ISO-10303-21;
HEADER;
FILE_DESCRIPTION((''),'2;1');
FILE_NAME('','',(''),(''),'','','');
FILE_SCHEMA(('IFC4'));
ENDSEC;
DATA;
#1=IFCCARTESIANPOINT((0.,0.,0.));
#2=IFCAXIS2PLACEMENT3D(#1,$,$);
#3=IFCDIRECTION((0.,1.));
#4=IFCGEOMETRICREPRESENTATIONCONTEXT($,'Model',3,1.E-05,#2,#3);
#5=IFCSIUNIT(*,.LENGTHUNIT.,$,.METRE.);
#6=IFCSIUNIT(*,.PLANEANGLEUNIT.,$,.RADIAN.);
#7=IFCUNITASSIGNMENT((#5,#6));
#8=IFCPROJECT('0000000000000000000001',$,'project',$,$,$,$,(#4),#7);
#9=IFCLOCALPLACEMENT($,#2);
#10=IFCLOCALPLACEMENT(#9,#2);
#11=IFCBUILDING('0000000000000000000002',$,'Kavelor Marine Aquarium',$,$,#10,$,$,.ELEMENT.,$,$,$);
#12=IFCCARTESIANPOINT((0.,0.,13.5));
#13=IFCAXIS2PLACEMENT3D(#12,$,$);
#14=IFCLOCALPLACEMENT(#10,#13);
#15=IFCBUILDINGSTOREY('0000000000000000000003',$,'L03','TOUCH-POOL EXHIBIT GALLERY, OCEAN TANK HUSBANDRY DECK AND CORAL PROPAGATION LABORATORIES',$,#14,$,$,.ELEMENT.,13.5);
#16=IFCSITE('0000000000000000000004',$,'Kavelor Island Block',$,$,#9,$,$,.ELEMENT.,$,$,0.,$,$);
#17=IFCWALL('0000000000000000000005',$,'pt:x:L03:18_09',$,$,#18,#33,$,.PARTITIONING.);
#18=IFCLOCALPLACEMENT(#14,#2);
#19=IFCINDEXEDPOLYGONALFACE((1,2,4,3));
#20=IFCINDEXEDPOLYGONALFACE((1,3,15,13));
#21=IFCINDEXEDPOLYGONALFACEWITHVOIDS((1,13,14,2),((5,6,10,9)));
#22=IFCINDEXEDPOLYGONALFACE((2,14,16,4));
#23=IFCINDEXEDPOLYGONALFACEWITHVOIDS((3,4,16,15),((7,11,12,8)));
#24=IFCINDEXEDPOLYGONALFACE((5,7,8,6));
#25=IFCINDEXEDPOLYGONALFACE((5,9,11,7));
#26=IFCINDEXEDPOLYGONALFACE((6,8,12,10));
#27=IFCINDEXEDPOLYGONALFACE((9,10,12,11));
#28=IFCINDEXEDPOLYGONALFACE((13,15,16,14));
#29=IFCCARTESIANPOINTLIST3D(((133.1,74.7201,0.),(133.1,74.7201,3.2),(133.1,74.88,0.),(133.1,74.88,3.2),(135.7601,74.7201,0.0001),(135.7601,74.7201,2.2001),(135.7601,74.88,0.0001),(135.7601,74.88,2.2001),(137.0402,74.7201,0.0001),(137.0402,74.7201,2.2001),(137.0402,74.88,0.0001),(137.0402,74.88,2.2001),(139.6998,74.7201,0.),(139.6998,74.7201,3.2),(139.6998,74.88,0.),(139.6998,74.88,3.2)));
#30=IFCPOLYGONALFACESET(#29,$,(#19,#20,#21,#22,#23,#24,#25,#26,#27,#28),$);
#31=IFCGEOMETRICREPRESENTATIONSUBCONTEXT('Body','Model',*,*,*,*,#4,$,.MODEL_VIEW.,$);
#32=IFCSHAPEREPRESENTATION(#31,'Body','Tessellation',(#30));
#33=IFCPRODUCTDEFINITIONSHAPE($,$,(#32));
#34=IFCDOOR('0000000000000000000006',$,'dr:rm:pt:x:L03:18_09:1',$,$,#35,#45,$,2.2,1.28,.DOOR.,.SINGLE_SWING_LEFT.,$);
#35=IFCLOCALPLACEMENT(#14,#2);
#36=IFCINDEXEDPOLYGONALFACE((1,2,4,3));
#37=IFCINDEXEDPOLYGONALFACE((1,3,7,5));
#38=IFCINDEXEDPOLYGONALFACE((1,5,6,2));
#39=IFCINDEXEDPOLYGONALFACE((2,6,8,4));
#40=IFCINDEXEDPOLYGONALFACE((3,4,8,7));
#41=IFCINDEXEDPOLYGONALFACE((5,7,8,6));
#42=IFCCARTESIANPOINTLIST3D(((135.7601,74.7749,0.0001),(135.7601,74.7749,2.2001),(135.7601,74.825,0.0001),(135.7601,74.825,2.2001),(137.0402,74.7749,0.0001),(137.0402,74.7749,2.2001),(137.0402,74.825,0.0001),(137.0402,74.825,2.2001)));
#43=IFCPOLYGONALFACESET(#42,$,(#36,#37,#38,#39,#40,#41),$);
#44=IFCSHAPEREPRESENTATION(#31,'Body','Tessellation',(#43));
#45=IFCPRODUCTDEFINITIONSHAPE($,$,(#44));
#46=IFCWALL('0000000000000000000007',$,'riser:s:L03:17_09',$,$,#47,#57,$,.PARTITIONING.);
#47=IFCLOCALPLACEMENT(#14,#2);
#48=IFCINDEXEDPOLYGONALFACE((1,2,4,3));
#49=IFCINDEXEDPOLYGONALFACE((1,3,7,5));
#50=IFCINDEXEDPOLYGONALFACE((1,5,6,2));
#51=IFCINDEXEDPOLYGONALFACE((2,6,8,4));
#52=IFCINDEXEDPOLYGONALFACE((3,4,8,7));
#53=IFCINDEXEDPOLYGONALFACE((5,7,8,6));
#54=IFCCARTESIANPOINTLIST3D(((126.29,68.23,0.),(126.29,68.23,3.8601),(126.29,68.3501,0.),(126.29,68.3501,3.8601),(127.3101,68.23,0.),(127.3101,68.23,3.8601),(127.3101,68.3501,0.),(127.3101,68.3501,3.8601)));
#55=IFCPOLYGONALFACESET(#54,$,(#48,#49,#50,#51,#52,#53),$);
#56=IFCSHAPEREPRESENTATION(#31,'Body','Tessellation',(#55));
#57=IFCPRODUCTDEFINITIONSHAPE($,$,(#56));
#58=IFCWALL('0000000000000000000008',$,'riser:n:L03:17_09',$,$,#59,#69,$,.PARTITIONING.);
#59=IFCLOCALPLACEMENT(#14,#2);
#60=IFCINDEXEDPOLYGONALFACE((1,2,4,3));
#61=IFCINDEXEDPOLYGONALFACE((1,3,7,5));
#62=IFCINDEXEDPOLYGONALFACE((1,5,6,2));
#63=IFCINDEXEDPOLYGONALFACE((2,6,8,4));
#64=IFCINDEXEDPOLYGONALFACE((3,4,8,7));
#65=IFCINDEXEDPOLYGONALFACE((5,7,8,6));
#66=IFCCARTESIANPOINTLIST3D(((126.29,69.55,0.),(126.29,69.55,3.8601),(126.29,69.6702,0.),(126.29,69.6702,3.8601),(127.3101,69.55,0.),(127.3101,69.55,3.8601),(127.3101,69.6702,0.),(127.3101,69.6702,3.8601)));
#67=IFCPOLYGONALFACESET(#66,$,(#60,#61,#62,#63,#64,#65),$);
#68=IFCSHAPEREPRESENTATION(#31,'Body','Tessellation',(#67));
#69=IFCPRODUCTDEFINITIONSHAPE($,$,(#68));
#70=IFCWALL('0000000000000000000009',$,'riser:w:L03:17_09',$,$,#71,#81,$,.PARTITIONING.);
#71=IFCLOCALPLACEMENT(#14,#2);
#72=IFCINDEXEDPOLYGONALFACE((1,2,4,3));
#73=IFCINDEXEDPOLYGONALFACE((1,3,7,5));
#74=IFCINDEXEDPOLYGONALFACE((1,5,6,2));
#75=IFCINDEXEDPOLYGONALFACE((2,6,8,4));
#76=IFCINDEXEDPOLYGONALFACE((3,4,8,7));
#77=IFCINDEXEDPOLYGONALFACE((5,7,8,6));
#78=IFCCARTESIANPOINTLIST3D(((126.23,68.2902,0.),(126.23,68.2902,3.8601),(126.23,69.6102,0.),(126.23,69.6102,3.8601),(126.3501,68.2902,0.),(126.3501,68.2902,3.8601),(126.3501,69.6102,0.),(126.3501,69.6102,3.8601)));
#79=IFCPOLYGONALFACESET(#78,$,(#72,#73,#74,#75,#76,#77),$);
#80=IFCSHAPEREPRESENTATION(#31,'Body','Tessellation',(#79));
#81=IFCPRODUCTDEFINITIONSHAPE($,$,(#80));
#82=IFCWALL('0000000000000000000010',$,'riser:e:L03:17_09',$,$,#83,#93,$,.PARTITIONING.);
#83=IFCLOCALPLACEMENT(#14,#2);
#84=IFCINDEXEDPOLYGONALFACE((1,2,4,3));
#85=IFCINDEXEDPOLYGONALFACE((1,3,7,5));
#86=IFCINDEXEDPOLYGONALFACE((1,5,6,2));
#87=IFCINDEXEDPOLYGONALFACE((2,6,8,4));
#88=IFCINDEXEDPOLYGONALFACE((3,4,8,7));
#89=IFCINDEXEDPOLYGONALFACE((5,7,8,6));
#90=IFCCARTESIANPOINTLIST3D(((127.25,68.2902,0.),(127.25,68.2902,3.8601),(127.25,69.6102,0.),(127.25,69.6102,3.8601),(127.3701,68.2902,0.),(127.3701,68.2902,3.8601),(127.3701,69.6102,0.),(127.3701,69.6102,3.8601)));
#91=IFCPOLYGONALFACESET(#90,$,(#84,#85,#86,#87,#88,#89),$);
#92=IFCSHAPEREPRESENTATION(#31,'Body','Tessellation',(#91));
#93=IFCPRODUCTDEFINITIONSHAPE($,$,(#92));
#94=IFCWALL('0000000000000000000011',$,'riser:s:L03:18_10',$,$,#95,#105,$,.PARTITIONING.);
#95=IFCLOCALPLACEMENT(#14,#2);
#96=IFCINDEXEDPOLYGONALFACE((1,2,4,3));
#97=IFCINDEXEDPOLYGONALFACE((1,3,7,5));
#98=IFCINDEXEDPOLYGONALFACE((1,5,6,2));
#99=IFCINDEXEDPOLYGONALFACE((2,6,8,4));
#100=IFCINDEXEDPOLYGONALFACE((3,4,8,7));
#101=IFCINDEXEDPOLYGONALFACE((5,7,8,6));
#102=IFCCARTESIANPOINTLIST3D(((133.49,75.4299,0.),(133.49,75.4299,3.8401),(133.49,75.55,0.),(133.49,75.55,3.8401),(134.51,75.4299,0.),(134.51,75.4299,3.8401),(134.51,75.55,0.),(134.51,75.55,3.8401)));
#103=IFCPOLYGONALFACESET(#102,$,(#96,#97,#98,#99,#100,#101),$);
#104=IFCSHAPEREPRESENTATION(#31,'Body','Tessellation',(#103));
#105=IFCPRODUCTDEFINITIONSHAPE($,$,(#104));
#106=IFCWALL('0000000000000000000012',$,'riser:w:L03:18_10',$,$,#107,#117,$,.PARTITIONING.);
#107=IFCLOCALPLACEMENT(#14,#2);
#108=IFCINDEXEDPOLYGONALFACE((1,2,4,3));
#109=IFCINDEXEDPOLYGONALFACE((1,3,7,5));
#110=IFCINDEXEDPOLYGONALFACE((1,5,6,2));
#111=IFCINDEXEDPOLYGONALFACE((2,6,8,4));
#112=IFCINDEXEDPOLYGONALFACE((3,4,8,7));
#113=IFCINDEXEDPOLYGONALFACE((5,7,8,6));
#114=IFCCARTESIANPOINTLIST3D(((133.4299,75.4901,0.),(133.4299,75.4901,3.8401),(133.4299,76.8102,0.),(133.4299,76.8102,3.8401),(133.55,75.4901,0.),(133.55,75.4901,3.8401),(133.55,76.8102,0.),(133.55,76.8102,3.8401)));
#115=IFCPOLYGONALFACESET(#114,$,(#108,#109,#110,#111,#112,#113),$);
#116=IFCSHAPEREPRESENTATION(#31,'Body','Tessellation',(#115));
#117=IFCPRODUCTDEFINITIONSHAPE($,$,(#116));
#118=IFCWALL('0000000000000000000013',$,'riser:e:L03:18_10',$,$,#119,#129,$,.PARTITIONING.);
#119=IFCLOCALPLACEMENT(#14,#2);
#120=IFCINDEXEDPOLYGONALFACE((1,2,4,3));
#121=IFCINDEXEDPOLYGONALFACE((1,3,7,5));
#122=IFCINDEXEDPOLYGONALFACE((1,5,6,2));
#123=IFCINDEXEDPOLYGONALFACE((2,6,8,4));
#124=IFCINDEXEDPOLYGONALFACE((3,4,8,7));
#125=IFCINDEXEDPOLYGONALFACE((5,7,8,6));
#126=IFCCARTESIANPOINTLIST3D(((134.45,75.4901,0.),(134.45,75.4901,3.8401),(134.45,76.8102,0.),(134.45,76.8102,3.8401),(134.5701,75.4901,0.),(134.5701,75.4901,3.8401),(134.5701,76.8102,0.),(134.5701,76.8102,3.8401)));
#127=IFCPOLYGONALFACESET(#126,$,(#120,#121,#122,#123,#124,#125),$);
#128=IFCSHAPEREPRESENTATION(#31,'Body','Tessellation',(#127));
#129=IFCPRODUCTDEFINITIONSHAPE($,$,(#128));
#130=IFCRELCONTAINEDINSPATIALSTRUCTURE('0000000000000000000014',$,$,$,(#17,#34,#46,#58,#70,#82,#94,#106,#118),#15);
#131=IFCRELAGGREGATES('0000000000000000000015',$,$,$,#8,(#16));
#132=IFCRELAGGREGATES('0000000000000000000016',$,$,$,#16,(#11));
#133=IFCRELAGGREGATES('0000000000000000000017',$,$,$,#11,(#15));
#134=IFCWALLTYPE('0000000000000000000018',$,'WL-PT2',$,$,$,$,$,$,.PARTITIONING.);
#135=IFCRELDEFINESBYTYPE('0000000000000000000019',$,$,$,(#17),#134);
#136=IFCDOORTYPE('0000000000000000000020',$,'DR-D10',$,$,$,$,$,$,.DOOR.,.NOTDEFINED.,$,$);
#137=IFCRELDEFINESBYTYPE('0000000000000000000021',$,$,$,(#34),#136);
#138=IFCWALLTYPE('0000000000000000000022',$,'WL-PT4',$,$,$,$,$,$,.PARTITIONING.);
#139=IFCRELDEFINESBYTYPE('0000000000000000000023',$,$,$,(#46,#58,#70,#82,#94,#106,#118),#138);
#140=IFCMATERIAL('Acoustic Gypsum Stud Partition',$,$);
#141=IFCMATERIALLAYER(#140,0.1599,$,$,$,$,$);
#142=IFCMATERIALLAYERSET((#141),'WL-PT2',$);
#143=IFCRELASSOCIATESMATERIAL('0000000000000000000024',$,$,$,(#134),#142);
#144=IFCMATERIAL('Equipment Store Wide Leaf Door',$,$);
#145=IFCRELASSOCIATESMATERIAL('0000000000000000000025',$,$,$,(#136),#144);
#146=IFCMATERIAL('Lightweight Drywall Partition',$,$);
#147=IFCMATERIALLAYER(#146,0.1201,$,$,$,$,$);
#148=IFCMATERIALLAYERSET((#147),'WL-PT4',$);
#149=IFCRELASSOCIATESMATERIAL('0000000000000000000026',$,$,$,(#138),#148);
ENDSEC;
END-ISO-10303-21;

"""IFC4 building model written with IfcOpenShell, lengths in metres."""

from ifc_helpers import new_model, si_unit, direction, frame, frame_2d, origin, place, context, subcontext, project, spatial, rectangle, extrude, material, layer, layer_set, type_object, element, fill, save


model = new_model("IFC4")

# Units and contexts
model_context = context("Model", 3, precision=1e-05, world=origin(), true_north=direction((0.0, 1.0)))
body_context = subcontext(model_context, "Body", "Model", "MODEL_VIEW")
ifc_project = project(units=[si_unit("LENGTHUNIT", "METRE"), si_unit("PLANEANGLEUNIT", "RADIAN")], contexts=[model_context])

# Site, building, storey
site_placement = place(None, origin())
site = spatial("IfcSite", under=ifc_project, at=site_placement, Name="Kavelor Island Block", CompositionType="ELEMENT", RefElevation=0.0)
building_placement = place(site_placement, origin())
building = spatial("IfcBuilding", under=site, at=building_placement, Name="Kavelor Marine Aquarium", CompositionType="ELEMENT")
storey_placement = place(building_placement, frame((0.0, 0.0, 13.5)))
storey = spatial("IfcBuildingStorey", under=building, at=storey_placement, Name="L03", Description="TOUCH-POOL EXHIBIT GALLERY, OCEAN TANK HUSBANDRY DECK AND CORAL PROPAGATION LABORATORIES", CompositionType="ELEMENT", Elevation=13.5)

# Shared definitions
ifc_material_1 = material(Name="Acoustic Gypsum Stud Partition")
ifc_layer_1 = layer(ifc_material_1, 0.1599)
ifc_layer_set_1 = layer_set([ifc_layer_1], Name="WL-PT2")
wall_type_1 = type_object("IfcWallType", Name="WL-PT2", PredefinedType="PARTITIONING", material=ifc_layer_set_1)

# Wall, opening, door
wall_1_placement = place(storey_placement, frame((133.1001, 74.8, 0.0), z_axis=(0.0, 0.0, 1.0), x_axis=(1.0, 0.0, 0.0)))
wall_1 = element("IfcWall", 1, at=wall_1_placement, inside=storey, type_object=wall_type_1, Name="pt:x:L03:18_09", PredefinedType="PARTITIONING", context=body_context, shape_type="SweptSolid", body=[
    extrude(rectangle(XDim=6.5999, YDim=0.1599, at=frame_2d((3.2998, 0.0))), origin(), (0.0, 0.0, 1.0), 3.2),
])
opening_placement = place(wall_1_placement, frame((2.6599, 0.0, 0.0)))
opening = element("IfcOpeningElement", 2, at=opening_placement, cuts=wall_1, PredefinedType="OPENING", context=body_context, shape_type="SweptSolid", body=[
    extrude(rectangle(XDim=1.28, YDim=2.2, at=frame_2d((0.6401, 1.1001))), frame((0.0, 0.0898, 0.0), z_axis=(0.0, -1.0, 0.0), x_axis=(1.0, 0.0, 0.0)), (0.0, 0.0, 1.0), 0.1799),
])
ifc_material_2 = material(Name="Equipment Store Wide Leaf Door")
door_type = type_object("IfcDoorType", Name="DR-D10", OperationType="NOTDEFINED", PredefinedType="DOOR", material=ifc_material_2)
door_placement = place(opening_placement, origin())
door = element("IfcDoor", 3, at=door_placement, inside=storey, type_object=door_type, Name="dr:rm:pt:x:L03:18_09:1", OperationType="SINGLE_SWING_LEFT", OverallHeight=2.2, OverallWidth=1.28, PredefinedType="DOOR", context=body_context, shape_type="SweptSolid", body=[
    extrude(rectangle(XDim=1.28, YDim=2.2, at=frame_2d((0.6401, 1.1001))), frame((0.0, 0.0249, 0.0), z_axis=(0.0, -1.0, 0.0), x_axis=(1.0, 0.0, 0.0)), (0.0, 0.0, 1.0), 0.05),
])
fill(opening, door)

# Walls
ifc_material_3 = material(Name="Lightweight Drywall Partition")
ifc_layer_2 = layer(ifc_material_3, 0.1201)
ifc_layer_set_2 = layer_set([ifc_layer_2], Name="WL-PT4")
wall_type_2 = type_object("IfcWallType", Name="WL-PT4", PredefinedType="PARTITIONING", material=ifc_layer_set_2)
for number, where, z_axis, x_axis, name in (
    (4, (126.29, 68.29, 0.0), (0.0, 0.0, 1.0), (1.0, 0.0, 0.0), "riser:s:L03:17_09"),
    (5, (126.29, 69.6101, 0.0), (0.0, 0.0, 1.0), (1.0, 0.0, 0.0), "riser:n:L03:17_09"),
):
    element("IfcWall", number, at=place(storey_placement, frame(where, z_axis=z_axis, x_axis=x_axis)), inside=storey, type_object=wall_type_2, Name=name, PredefinedType="PARTITIONING", context=body_context, shape_type="SweptSolid", body=[
        extrude(rectangle(XDim=1.02, YDim=0.1201, at=frame_2d((0.51, 0.0))), origin(), (0.0, 0.0, 1.0), 3.8601),
    ])
for number, where, z_axis, x_axis, name in (
    (6, (126.29, 68.29, 0.0), (0.0, 0.0, 1.0), (0.0, 1.0, 0.0), "riser:w:L03:17_09"),
    (7, (127.3101, 68.29, 0.0), (0.0, 0.0, 1.0), (0.0, 1.0, 0.0), "riser:e:L03:17_09"),
):
    element("IfcWall", number, at=place(storey_placement, frame(where, z_axis=z_axis, x_axis=x_axis)), inside=storey, type_object=wall_type_2, Name=name, PredefinedType="PARTITIONING", context=body_context, shape_type="SweptSolid", body=[
        extrude(rectangle(XDim=1.3201, YDim=0.1201, at=frame_2d((0.6602, 0.0))), origin(), (0.0, 0.0, 1.0), 3.8601),
    ])
wall_2_placement = place(storey_placement, frame((133.49, 75.49, 0.0), z_axis=(0.0, 0.0, 1.0), x_axis=(1.0, 0.0, 0.0)))
element("IfcWall", 8, at=wall_2_placement, inside=storey, type_object=wall_type_2, Name="riser:s:L03:18_10", PredefinedType="PARTITIONING", context=body_context, shape_type="SweptSolid", body=[
    extrude(rectangle(XDim=1.02, YDim=0.1201, at=frame_2d((0.51, 0.0))), origin(), (0.0, 0.0, 1.0), 3.8401),
])
for number, where, z_axis, x_axis, name in (
    (9, (133.49, 75.49, 0.0), (0.0, 0.0, 1.0), (0.0, 1.0, 0.0), "riser:w:L03:18_10"),
    (10, (134.51, 75.49, 0.0), (0.0, 0.0, 1.0), (0.0, 1.0, 0.0), "riser:e:L03:18_10"),
):
    element("IfcWall", number, at=place(storey_placement, frame(where, z_axis=z_axis, x_axis=x_axis)), inside=storey, type_object=wall_type_2, Name=name, PredefinedType="PARTITIONING", context=body_context, shape_type="SweptSolid", body=[
        extrude(rectangle(XDim=1.3201, YDim=0.1201, at=frame_2d((0.6602, 0.0))), origin(), (0.0, 0.0, 1.0), 3.8401),
    ])

save(model, "model.ifc")
